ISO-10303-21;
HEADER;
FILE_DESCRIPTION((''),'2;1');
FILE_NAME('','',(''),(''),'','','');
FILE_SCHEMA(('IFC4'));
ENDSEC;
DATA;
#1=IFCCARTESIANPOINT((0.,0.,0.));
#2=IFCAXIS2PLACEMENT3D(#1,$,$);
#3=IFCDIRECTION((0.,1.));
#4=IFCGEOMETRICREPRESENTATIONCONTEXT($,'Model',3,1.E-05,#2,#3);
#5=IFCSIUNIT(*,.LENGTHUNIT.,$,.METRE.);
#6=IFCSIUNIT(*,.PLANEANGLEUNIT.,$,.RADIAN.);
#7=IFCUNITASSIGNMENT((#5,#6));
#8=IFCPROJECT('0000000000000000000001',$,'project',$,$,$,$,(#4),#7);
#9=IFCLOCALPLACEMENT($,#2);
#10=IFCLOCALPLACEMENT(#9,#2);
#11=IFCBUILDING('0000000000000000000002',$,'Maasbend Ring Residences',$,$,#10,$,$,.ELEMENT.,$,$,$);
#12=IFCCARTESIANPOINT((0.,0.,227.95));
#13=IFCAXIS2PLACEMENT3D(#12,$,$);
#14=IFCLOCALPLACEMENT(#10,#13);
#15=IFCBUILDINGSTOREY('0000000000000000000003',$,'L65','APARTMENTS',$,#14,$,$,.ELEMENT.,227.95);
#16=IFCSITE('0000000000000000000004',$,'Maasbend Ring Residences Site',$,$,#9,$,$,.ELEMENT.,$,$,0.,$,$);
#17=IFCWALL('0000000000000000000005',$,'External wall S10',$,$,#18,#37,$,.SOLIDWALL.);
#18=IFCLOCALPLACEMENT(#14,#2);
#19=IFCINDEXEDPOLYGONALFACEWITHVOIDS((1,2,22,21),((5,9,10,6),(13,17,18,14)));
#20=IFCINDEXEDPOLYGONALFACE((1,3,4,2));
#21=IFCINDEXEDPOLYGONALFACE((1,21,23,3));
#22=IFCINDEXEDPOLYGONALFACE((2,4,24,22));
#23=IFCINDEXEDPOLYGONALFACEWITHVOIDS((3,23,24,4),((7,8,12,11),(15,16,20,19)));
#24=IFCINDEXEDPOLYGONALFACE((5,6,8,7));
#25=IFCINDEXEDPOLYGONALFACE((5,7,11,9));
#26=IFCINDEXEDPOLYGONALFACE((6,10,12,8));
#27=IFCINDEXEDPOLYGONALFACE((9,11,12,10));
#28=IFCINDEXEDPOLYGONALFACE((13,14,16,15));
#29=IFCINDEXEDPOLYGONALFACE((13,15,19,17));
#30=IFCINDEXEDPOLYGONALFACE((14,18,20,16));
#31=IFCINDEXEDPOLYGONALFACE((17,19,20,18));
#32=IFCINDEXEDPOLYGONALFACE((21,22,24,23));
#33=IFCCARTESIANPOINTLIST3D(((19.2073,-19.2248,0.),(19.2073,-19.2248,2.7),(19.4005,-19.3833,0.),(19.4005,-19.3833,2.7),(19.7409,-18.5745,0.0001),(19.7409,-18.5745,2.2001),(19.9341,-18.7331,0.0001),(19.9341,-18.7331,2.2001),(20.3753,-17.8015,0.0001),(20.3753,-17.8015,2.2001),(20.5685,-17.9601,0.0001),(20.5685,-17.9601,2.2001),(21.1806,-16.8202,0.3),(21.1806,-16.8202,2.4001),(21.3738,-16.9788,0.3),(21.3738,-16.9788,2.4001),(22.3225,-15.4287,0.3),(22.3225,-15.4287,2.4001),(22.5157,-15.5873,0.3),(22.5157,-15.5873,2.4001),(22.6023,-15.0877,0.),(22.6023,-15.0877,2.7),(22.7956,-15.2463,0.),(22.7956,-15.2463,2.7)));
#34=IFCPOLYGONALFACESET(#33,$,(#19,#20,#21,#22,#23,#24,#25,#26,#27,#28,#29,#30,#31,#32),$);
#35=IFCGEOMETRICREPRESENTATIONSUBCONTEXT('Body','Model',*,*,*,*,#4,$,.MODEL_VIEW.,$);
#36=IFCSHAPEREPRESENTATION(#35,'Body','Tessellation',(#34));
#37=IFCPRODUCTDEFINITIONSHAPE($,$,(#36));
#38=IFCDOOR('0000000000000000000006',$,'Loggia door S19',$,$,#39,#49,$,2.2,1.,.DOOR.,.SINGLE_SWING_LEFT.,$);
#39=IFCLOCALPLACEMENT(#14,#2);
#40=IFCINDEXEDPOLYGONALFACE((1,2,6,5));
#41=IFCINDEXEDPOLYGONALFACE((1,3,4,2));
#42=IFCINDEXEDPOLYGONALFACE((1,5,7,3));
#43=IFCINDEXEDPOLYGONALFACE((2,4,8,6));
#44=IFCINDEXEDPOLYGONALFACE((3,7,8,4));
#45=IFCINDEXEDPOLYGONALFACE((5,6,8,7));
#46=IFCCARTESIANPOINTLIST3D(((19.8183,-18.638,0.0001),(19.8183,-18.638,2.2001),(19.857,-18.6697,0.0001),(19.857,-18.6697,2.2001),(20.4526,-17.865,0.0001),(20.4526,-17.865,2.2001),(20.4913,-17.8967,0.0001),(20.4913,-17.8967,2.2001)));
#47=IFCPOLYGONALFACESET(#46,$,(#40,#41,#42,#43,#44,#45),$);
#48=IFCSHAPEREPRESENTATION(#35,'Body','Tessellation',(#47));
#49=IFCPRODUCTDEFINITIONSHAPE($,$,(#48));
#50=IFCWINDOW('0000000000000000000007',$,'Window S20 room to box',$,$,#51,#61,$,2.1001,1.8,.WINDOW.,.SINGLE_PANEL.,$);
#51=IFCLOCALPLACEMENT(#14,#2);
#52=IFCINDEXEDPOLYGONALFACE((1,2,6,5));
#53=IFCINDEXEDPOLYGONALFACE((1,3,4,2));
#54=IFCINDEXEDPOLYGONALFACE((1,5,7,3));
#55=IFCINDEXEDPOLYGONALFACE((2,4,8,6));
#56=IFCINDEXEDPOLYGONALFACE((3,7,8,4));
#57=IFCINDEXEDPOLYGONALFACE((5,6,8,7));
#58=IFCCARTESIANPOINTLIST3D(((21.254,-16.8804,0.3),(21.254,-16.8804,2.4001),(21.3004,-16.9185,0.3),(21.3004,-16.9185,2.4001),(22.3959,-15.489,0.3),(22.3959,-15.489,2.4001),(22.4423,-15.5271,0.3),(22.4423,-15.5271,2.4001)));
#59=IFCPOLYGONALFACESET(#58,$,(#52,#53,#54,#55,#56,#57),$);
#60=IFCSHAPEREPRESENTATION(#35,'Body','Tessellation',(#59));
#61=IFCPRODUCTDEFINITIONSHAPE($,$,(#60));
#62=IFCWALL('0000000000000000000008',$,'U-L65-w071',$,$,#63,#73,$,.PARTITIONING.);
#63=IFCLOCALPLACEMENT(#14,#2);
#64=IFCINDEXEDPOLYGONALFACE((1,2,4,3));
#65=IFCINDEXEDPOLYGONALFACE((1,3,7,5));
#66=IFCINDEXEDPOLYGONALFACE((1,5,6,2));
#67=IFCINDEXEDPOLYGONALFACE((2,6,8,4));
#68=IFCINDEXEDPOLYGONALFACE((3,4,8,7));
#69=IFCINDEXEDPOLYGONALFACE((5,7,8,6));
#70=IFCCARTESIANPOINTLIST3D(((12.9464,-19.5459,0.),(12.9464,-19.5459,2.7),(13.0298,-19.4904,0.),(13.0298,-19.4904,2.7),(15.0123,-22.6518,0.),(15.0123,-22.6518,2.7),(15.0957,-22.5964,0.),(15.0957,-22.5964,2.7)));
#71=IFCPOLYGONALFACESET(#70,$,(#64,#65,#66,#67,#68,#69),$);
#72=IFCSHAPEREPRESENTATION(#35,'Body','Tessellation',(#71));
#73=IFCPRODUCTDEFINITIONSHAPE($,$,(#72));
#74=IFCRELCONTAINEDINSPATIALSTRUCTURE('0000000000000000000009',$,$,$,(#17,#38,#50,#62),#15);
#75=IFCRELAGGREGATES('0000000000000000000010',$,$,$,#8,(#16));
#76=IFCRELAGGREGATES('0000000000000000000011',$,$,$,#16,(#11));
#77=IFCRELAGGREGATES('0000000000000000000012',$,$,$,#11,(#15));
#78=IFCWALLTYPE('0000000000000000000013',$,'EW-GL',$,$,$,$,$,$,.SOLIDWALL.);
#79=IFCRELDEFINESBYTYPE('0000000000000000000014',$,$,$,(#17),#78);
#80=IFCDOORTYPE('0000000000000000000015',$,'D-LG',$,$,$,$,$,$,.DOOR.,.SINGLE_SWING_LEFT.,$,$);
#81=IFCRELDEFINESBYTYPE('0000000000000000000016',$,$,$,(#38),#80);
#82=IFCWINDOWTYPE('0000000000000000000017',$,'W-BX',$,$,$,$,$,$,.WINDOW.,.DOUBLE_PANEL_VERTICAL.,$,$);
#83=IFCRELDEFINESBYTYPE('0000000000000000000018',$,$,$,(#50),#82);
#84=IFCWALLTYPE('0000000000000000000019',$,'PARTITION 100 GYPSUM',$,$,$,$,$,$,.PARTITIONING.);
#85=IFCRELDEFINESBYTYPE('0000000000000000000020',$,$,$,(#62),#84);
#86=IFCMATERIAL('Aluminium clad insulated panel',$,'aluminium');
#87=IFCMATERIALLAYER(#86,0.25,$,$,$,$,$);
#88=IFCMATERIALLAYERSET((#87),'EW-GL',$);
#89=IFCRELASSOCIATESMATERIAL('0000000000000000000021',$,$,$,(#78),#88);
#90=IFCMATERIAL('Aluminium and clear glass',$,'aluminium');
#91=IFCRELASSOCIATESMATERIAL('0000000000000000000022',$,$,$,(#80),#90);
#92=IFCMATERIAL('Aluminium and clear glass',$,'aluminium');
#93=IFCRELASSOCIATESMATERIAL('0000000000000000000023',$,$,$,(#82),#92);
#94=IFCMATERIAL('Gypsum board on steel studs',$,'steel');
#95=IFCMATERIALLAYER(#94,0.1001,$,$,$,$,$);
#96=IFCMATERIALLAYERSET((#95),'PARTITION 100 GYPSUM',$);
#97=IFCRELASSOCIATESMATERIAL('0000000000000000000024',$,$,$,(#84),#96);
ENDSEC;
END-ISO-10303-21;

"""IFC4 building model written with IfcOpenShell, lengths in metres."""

from ifc_helpers import new_model, si_unit, direction, frame, frame_2d, origin, place, context, subcontext, project, spatial, rectangle, extrude, material, layer, layer_set, type_object, element, fill, save


model = new_model("IFC4")

# Units and contexts
model_context = context("Model", 3, precision=1e-05, world=origin(), true_north=direction((0.0, 1.0)))
body_context = subcontext(model_context, "Body", "Model", "MODEL_VIEW")
ifc_project = project(units=[si_unit("LENGTHUNIT", "METRE"), si_unit("PLANEANGLEUNIT", "RADIAN")], contexts=[model_context])

# Site, building, storey
site_placement = place(None, origin())
site = spatial("IfcSite", under=ifc_project, at=site_placement, Name="Maasbend Ring Residences Site", CompositionType="ELEMENT", RefElevation=0.0)
building_placement = place(site_placement, origin())
building = spatial("IfcBuilding", under=site, at=building_placement, Name="Maasbend Ring Residences", CompositionType="ELEMENT")
storey_placement = place(building_placement, frame((0.0, 0.0, 227.95)))
storey = spatial("IfcBuildingStorey", under=building, at=storey_placement, Name="L65", Description="APARTMENTS", CompositionType="ELEMENT", Elevation=227.95)

# Wall, openings, door, window
ifc_material_1 = material(Name="Aluminium clad insulated panel", Category="aluminium")
ifc_layer_1 = layer(ifc_material_1, 0.25)
ifc_layer_set_1 = layer_set([ifc_layer_1], Name="EW-GL")
wall_type_1 = type_object("IfcWallType", Name="EW-GL", PredefinedType="SOLIDWALL", material=ifc_layer_set_1)
ifc_material_2 = material(Name="Aluminium and clear glass", Category="aluminium")
door_type = type_object("IfcDoorType", Name="D-LG", OperationType="SINGLE_SWING_LEFT", PredefinedType="DOOR", material=ifc_material_2)
ifc_material_3 = material(Name="Aluminium and clear glass", Category="aluminium")
window_type_1 = type_object("IfcWindowType", Name="W-BX", PartitioningType="DOUBLE_PANEL_VERTICAL", PredefinedType="WINDOW", material=ifc_material_3)
wall_1_placement = place(storey_placement, frame((19.304, -19.304, 0.0), z_axis=(0.0, 0.0, 1.0), x_axis=(0.634382, 0.773019, 0.0)))
wall_1 = element("IfcWall", 1, at=wall_1_placement, inside=storey, type_object=wall_type_1, Name="External wall S10", PredefinedType="SOLIDWALL", context=body_context, shape_type="SweptSolid", body=[
    extrude(rectangle(XDim=5.3518, YDim=0.25, at=frame_2d((2.6758, 0.0))), origin(), (0.0, 0.0, 1.0), 2.7),
])
opening_1_placement = place(wall_1_placement, frame((0.8411, 0.0, 0.0)))
opening_1 = element("IfcOpeningElement", 2, at=opening_1_placement, cuts=wall_1, PredefinedType="OPENING", context=body_context, shape_type="SweptSolid", body=[
    extrude(rectangle(XDim=1.0, YDim=2.2, at=frame_2d((0.5, 1.1001))), frame((0.0, 0.135, 0.0), z_axis=(0.0, -1.0, 0.0), x_axis=(1.0, 0.0, 0.0)), (0.0, 0.0, 1.0), 0.27),
])
opening_2_placement = place(wall_1_placement, frame((3.1106, 0.0, 0.3)))
opening_2 = element("IfcOpeningElement", 3, at=opening_2_placement, cuts=wall_1, PredefinedType="OPENING", context=body_context, shape_type="SweptSolid", body=[
    extrude(rectangle(XDim=1.8, YDim=2.1001, at=frame_2d((0.8999, 1.05))), frame((0.0, 0.135, 0.0), z_axis=(0.0, -1.0, 0.0), x_axis=(1.0, 0.0, 0.0)), (0.0, 0.0, 1.0), 0.27),
])
door_1_placement = place(opening_1_placement, origin())
door_1 = element("IfcDoor", 4, at=door_1_placement, inside=storey, type_object=door_type, Name="Loggia door S19", OperationType="SINGLE_SWING_LEFT", OverallHeight=2.2, OverallWidth=1.0, PredefinedType="DOOR", context=body_context, shape_type="SweptSolid", body=[
    extrude(rectangle(XDim=1.0, YDim=2.2, at=frame_2d((0.5, 1.1001))), frame((0.0, 0.0249, 0.0), z_axis=(0.0, -1.0, 0.0), x_axis=(1.0, 0.0, 0.0)), (0.0, 0.0, 1.0), 0.05),
])
fill(opening_1, door_1)
window_1_placement = place(opening_2_placement, origin())
window_1 = element("IfcWindow", 5, at=window_1_placement, inside=storey, type_object=window_type_1, Name="Window S20 room to box", OverallHeight=2.1001, OverallWidth=1.8, PartitioningType="SINGLE_PANEL", PredefinedType="WINDOW", context=body_context, shape_type="SweptSolid", body=[
    extrude(rectangle(XDim=1.8, YDim=2.1001, at=frame_2d((0.8999, 1.05))), frame((0.0, 0.03, 0.0), z_axis=(0.0, -1.0, 0.0), x_axis=(1.0, 0.0, 0.0)), (0.0, 0.0, 1.0), 0.0601),
])
fill(opening_2, window_1)

# Wall
ifc_material_4 = material(Name="Gypsum board on steel studs", Category="steel")
ifc_layer_2 = layer(ifc_material_4, 0.1001)
ifc_layer_set_2 = layer_set([ifc_layer_2], Name="PARTITION 100 GYPSUM")
wall_type_2 = type_object("IfcWallType", Name="PARTITION 100 GYPSUM", PredefinedType="PARTITIONING", material=ifc_layer_set_2)
wall_2_placement = place(storey_placement, frame((12.988, -19.5181, 0.0), z_axis=(0.0, 0.0, 1.0), x_axis=(0.553824, -0.832634, 0.0)))
element("IfcWall", 6, at=wall_2_placement, inside=storey, type_object=wall_type_2, Name="U-L65-w071", PredefinedType="PARTITIONING", context=body_context, shape_type="SweptSolid", body=[
    extrude(rectangle(XDim=3.7302, YDim=0.1001, at=frame_2d((1.8652, 0.0))), origin(), (0.0, 0.0, 1.0), 2.7),
])

save(model, "model.ifc")
